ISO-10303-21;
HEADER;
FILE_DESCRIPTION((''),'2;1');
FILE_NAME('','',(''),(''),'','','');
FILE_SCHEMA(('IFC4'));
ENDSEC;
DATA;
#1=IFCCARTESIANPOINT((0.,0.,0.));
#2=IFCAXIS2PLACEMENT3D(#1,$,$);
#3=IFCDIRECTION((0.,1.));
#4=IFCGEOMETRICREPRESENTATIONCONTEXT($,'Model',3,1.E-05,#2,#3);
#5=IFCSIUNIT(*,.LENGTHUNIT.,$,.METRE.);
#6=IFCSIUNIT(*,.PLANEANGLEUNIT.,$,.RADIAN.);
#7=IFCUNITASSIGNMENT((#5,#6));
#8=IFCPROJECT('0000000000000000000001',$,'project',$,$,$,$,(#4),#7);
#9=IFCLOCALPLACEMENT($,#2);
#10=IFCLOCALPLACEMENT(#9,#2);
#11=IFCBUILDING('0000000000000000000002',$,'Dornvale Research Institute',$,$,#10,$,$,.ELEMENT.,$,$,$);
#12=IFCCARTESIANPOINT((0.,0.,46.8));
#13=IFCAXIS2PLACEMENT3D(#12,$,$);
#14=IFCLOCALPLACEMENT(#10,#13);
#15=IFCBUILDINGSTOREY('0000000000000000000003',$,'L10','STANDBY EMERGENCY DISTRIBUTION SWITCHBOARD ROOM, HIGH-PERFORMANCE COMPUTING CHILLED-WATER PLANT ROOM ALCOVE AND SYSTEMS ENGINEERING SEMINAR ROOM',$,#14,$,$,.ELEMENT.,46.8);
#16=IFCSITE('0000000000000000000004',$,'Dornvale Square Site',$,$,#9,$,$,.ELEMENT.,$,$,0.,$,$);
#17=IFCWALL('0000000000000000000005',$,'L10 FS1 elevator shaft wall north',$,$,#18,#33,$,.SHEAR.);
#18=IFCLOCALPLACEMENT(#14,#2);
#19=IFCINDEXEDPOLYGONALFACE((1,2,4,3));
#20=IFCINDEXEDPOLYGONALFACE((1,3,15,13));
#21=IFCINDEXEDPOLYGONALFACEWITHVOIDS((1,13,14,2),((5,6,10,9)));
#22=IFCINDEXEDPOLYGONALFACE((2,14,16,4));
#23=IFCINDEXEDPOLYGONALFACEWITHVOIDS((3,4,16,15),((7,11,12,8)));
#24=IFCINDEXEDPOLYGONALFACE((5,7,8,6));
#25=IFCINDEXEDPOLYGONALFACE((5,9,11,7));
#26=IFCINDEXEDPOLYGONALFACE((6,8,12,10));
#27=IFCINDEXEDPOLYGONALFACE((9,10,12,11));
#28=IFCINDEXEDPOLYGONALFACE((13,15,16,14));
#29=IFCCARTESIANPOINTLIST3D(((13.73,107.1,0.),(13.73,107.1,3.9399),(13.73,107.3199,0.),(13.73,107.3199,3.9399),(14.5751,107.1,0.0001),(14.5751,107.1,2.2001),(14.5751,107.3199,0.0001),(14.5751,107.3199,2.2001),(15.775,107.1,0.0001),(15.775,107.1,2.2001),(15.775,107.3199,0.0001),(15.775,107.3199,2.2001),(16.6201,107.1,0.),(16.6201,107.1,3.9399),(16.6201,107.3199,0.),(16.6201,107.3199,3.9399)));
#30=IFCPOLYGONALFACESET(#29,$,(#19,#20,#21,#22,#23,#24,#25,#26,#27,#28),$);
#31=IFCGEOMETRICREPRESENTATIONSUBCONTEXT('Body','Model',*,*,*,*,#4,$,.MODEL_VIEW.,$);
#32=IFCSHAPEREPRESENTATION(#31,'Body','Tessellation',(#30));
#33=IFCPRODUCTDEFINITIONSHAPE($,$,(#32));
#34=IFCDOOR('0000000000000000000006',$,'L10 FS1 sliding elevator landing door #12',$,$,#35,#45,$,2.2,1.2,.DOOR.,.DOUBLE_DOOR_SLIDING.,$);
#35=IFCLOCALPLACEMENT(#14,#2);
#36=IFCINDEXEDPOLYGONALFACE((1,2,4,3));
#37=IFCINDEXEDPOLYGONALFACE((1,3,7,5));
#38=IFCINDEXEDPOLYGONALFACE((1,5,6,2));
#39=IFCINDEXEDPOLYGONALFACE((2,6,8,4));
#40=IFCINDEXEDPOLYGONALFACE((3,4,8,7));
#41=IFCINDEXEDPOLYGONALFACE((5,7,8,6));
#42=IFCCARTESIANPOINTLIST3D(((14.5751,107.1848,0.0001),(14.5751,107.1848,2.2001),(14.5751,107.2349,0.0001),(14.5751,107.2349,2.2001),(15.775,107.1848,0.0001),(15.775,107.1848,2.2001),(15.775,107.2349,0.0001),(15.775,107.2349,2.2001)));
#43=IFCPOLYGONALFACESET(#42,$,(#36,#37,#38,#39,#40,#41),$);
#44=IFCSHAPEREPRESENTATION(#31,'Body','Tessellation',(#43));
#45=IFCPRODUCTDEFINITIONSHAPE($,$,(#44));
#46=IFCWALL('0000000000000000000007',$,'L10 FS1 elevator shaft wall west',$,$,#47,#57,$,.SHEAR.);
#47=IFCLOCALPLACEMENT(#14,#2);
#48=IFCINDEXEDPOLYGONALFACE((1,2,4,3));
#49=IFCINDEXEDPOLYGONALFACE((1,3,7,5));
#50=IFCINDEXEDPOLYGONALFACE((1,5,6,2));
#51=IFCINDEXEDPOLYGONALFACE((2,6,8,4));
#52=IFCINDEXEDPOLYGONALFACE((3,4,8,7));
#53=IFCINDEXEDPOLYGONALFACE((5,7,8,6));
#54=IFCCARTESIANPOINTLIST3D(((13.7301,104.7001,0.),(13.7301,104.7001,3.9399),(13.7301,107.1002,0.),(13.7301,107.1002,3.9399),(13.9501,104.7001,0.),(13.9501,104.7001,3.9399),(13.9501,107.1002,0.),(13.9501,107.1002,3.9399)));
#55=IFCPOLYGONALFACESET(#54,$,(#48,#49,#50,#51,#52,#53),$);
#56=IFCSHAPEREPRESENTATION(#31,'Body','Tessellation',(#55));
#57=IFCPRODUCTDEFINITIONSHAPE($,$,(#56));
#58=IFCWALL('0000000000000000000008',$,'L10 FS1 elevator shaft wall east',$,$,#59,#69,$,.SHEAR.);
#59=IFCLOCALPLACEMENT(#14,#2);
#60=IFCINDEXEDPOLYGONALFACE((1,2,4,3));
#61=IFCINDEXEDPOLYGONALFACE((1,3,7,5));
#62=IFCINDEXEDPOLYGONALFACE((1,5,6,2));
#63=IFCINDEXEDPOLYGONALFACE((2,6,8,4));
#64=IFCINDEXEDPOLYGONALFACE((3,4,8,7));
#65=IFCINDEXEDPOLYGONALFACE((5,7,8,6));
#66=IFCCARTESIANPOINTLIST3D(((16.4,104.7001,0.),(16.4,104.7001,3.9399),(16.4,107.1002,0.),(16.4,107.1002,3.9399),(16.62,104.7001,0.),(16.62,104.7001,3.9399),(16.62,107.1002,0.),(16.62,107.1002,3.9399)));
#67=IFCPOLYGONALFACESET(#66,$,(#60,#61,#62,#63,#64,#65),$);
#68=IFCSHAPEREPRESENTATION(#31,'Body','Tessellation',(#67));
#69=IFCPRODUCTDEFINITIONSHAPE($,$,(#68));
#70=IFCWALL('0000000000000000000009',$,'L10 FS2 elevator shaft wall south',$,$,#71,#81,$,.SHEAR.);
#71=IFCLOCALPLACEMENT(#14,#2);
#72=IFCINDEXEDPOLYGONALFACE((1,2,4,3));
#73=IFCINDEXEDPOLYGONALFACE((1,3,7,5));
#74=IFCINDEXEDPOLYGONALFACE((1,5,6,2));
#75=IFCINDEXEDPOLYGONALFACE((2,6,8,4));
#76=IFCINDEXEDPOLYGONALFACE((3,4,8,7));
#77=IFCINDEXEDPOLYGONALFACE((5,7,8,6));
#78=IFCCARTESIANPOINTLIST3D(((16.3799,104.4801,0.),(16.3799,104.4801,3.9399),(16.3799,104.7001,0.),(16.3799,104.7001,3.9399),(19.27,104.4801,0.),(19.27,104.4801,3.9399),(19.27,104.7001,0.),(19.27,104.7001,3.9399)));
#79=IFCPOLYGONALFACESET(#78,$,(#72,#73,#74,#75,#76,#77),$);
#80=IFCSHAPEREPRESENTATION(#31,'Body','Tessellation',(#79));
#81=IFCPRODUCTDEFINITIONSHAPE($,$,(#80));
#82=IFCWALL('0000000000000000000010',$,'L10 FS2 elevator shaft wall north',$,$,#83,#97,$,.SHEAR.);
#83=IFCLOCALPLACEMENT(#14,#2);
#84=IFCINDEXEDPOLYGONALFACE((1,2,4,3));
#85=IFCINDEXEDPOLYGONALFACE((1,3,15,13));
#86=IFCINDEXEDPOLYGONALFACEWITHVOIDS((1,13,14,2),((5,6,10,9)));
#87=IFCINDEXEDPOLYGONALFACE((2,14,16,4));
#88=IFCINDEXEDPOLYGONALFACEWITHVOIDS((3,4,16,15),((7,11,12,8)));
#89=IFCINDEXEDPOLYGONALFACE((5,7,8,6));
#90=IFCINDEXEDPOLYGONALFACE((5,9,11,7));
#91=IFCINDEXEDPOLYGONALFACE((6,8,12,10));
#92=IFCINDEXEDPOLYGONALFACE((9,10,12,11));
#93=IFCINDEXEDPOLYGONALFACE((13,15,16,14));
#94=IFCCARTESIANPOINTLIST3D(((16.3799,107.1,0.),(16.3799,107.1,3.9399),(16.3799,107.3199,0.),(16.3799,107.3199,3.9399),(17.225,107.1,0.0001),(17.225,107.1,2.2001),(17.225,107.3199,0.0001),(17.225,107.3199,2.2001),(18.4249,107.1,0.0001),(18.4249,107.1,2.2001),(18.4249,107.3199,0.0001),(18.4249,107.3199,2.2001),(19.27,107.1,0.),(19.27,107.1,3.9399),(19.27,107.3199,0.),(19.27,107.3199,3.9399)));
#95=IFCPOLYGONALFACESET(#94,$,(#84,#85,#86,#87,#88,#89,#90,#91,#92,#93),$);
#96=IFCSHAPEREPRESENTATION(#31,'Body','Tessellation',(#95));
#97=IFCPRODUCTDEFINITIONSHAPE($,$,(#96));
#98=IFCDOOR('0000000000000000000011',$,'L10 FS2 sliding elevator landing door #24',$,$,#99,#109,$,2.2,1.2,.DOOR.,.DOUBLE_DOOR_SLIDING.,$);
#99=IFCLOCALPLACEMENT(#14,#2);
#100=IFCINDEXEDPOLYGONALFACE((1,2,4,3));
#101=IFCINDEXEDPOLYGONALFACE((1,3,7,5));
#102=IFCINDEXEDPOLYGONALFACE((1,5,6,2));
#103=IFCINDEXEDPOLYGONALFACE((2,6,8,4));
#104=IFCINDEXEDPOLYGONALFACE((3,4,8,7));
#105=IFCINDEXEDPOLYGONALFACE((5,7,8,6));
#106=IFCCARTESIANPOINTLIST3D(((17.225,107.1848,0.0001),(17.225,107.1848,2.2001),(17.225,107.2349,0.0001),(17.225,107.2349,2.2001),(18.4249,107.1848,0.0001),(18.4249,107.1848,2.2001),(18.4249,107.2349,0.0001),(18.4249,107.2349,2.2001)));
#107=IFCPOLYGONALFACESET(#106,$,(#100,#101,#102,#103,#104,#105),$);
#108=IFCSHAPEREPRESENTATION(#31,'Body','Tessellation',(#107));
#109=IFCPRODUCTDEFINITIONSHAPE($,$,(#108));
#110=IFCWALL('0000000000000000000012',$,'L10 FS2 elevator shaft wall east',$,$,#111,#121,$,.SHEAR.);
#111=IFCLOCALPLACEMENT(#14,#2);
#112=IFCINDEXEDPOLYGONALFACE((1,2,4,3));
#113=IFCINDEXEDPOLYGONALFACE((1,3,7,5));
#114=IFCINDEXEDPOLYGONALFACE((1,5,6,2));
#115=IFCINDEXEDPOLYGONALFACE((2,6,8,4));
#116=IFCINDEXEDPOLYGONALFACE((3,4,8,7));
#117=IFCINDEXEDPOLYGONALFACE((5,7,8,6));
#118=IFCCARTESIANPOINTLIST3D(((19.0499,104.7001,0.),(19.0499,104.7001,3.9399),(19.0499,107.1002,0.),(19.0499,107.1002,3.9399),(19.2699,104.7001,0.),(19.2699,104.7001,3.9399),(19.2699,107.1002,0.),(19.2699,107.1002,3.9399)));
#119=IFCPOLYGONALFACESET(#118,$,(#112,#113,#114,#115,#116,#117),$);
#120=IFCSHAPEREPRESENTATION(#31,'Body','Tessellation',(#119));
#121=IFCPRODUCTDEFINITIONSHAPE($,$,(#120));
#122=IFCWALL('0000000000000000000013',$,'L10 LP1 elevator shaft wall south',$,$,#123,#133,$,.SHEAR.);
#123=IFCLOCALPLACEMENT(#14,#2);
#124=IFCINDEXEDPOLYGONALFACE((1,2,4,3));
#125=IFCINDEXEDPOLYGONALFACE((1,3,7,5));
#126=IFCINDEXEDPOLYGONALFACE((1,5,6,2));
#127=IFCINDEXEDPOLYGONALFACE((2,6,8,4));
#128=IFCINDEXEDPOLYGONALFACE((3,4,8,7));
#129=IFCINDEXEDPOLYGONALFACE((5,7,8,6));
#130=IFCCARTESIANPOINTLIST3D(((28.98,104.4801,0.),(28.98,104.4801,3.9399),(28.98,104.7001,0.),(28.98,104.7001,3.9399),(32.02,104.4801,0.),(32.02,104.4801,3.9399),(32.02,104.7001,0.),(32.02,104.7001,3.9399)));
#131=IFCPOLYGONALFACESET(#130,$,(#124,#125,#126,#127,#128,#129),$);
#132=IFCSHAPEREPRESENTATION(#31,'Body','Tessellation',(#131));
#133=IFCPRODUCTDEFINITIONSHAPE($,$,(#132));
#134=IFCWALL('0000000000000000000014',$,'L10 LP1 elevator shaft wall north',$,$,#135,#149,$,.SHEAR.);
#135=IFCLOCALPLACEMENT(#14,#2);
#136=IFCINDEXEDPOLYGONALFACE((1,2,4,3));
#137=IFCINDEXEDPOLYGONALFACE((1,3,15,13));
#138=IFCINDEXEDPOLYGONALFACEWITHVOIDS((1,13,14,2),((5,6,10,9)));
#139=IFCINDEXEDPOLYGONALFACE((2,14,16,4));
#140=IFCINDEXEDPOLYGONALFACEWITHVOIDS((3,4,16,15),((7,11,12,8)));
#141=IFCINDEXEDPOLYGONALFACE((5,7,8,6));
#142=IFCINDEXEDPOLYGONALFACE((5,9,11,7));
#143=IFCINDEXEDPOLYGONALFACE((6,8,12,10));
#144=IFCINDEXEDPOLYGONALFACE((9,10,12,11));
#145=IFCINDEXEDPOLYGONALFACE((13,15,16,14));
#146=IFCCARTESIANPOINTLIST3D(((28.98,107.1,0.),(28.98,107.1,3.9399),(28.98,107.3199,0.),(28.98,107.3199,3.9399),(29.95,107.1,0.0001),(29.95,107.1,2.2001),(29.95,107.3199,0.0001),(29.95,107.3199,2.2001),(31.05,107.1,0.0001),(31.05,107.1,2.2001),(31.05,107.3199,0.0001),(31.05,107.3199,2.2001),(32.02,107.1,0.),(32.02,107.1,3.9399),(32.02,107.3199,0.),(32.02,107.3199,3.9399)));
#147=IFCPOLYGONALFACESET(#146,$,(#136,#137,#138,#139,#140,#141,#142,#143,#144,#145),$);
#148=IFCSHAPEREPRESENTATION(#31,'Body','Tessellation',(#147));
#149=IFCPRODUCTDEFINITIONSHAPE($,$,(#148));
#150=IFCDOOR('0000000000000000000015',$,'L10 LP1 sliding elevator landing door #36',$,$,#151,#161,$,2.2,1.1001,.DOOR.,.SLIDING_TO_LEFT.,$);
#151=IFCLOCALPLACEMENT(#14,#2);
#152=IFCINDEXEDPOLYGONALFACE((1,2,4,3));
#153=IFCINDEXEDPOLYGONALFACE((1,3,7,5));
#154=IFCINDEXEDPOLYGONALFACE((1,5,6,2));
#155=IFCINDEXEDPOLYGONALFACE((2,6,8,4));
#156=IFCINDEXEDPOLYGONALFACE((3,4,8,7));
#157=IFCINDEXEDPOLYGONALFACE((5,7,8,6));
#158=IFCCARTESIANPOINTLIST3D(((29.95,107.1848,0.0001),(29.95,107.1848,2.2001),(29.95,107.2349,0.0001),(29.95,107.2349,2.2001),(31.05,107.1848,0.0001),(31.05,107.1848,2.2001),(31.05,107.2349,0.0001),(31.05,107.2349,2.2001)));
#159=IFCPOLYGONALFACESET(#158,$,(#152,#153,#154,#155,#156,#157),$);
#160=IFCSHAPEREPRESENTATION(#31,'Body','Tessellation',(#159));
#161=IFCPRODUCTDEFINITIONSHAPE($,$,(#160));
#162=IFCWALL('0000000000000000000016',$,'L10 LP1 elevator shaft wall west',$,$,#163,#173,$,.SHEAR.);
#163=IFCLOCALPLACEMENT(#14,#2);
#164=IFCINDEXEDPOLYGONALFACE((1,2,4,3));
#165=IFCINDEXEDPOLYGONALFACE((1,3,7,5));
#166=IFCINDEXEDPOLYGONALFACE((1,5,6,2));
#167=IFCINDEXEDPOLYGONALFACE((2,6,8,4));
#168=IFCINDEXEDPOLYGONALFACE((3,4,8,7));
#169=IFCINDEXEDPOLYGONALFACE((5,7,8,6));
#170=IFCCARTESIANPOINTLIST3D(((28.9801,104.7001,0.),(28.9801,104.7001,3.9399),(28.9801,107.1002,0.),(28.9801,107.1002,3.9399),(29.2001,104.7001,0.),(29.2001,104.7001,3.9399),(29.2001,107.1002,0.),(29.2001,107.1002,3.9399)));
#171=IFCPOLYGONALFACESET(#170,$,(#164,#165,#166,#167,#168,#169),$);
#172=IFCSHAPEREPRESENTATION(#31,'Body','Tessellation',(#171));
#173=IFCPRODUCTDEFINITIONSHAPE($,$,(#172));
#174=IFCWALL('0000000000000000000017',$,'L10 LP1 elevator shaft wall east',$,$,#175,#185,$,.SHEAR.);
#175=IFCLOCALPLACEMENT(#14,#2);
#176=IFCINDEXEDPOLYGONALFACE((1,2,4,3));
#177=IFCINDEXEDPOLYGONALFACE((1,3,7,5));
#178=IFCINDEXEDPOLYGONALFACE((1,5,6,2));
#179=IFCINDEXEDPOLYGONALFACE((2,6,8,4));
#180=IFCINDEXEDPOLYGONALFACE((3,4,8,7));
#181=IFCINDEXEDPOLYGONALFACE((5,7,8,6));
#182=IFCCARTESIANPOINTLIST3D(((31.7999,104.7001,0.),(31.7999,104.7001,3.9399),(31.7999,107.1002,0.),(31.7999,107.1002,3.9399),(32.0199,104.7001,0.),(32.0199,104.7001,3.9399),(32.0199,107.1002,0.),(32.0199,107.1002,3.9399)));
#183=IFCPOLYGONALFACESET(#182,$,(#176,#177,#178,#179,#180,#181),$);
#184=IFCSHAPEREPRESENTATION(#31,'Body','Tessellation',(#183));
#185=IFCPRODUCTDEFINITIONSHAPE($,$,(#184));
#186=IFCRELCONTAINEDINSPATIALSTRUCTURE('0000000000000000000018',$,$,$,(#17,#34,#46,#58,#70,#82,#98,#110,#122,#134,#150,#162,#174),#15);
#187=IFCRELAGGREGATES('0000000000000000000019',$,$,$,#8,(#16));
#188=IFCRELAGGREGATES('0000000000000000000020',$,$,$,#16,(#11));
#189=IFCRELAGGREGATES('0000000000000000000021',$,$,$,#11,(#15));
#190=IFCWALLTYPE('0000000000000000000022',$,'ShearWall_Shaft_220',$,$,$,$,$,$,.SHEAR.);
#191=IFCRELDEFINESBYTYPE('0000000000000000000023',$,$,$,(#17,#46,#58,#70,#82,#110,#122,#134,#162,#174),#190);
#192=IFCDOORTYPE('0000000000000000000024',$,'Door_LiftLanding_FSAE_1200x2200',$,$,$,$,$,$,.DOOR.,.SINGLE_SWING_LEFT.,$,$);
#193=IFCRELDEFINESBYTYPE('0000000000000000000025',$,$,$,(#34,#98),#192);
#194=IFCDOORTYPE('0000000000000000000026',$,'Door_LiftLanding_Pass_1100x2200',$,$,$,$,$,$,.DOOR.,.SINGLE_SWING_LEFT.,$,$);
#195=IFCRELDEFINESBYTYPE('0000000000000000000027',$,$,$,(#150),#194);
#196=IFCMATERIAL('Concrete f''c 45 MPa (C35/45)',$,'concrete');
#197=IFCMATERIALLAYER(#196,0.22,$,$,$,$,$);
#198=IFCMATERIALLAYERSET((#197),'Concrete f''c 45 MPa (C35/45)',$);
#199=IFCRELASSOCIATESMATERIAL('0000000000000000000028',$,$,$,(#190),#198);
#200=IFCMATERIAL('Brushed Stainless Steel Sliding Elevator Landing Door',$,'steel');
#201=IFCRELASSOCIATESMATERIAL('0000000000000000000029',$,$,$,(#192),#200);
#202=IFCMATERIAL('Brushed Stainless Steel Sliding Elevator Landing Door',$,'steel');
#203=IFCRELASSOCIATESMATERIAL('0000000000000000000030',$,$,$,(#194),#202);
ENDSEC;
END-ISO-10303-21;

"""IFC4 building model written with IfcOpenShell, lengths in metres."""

from ifc_helpers import new_model, si_unit, direction, frame, frame_2d, origin, place, context, subcontext, project, spatial, rectangle, extrude, material, layer, layer_set, type_object, element, fill, save


model = new_model("IFC4")

# Units and contexts
model_context = context("Model", 3, precision=1e-05, world=origin(), true_north=direction((0.0, 1.0)))
body_context = subcontext(model_context, "Body", "Model", "MODEL_VIEW")
ifc_project = project(units=[si_unit("LENGTHUNIT", "METRE"), si_unit("PLANEANGLEUNIT", "RADIAN")], contexts=[model_context])

# Site, building, storey
site_placement = place(None, origin())
site = spatial("IfcSite", under=ifc_project, at=site_placement, Name="Dornvale Square Site", CompositionType="ELEMENT", RefElevation=0.0)
building_placement = place(site_placement, origin())
building = spatial("IfcBuilding", under=site, at=building_placement, Name="Dornvale Research Institute", CompositionType="ELEMENT")
storey_placement = place(building_placement, frame((0.0, 0.0, 46.8)))
storey = spatial("IfcBuildingStorey", under=building, at=storey_placement, Name="L10", Description="STANDBY EMERGENCY DISTRIBUTION SWITCHBOARD ROOM, HIGH-PERFORMANCE COMPUTING CHILLED-WATER PLANT ROOM ALCOVE AND SYSTEMS ENGINEERING SEMINAR ROOM", CompositionType="ELEMENT", Elevation=46.8)

# Shared definitions
ifc_material_1 = material(Name="Concrete f'c 45 MPa (C35/45)", Category="concrete")
ifc_layer_1 = layer(ifc_material_1, 0.22)
ifc_layer_set_1 = layer_set([ifc_layer_1], Name="Concrete f'c 45 MPa (C35/45)")
wall_type_1 = type_object("IfcWallType", Name="ShearWall_Shaft_220", PredefinedType="SHEAR", material=ifc_layer_set_1)

# Wall, opening, door
wall_1_placement = place(storey_placement, frame((13.73, 107.21, 0.0), z_axis=(0.0, 0.0, 1.0), x_axis=(1.0, 0.0, 0.0)))
wall_1 = element("IfcWall", 1, at=wall_1_placement, inside=storey, type_object=wall_type_1, Name="L10 FS1 elevator shaft wall north", PredefinedType="SHEAR", context=body_context, shape_type="SweptSolid", body=[
    extrude(rectangle(XDim=2.8901, YDim=0.22, at=frame_2d((1.4451, 0.0))), origin(), (0.0, 0.0, 1.0), 3.9399),
])
opening_1_placement = place(wall_1_placement, frame((0.845, 0.0, 0.0)))
opening_1 = element("IfcOpeningElement", 2, at=opening_1_placement, cuts=wall_1, PredefinedType="OPENING", context=body_context, shape_type="SweptSolid", body=[
    extrude(rectangle(XDim=1.2, YDim=2.2, at=frame_2d((0.6001, 1.1001))), frame((0.0, 0.125, 0.0), z_axis=(0.0, -1.0, 0.0), x_axis=(1.0, 0.0, 0.0)), (0.0, 0.0, 1.0), 0.25),
])
ifc_material_2 = material(Name="Brushed Stainless Steel Sliding Elevator Landing Door", Category="steel")
door_type_1 = type_object("IfcDoorType", Name="Door_LiftLanding_FSAE_1200x2200", OperationType="SINGLE_SWING_LEFT", PredefinedType="DOOR", material=ifc_material_2)
door_1_placement = place(opening_1_placement, origin())
door_1 = element("IfcDoor", 3, at=door_1_placement, inside=storey, type_object=door_type_1, Name="L10 FS1 sliding elevator landing door #12", OperationType="DOUBLE_DOOR_SLIDING", OverallHeight=2.2, OverallWidth=1.2, PredefinedType="DOOR", context=body_context, shape_type="SweptSolid", body=[
    extrude(rectangle(XDim=1.2, YDim=2.2, at=frame_2d((0.6001, 1.1001))), frame((0.0, 0.0249, 0.0), z_axis=(0.0, -1.0, 0.0), x_axis=(1.0, 0.0, 0.0)), (0.0, 0.0, 1.0), 0.05),
])
fill(opening_1, door_1)

# Walls
for number, where, z_axis, x_axis, name in (
    (4, (13.8401, 104.7, 0.0), (0.0, 0.0, 1.0), (0.0, 1.0, 0.0), "L10 FS1 elevator shaft wall west"),
    (5, (16.51, 104.7, 0.0), (0.0, 0.0, 1.0), (0.0, 1.0, 0.0), "L10 FS1 elevator shaft wall east"),
):
    element("IfcWall", number, at=place(storey_placement, frame(where, z_axis=z_axis, x_axis=x_axis)), inside=storey, type_object=wall_type_1, Name=name, PredefinedType="SHEAR", context=body_context, shape_type="SweptSolid", body=[
        extrude(rectangle(XDim=2.4001, YDim=0.22, at=frame_2d((1.2002, 0.0))), origin(), (0.0, 0.0, 1.0), 3.9399),
    ])
wall_2_placement = place(storey_placement, frame((16.3799, 104.5901, 0.0), z_axis=(0.0, 0.0, 1.0), x_axis=(1.0, 0.0, 0.0)))
element("IfcWall", 6, at=wall_2_placement, inside=storey, type_object=wall_type_1, Name="L10 FS2 elevator shaft wall south", PredefinedType="SHEAR", context=body_context, shape_type="SweptSolid", body=[
    extrude(rectangle(XDim=2.8901, YDim=0.22, at=frame_2d((1.4451, 0.0))), origin(), (0.0, 0.0, 1.0), 3.9399),
])

# Wall, opening, door
wall_3_placement = place(storey_placement, frame((16.3799, 107.21, 0.0), z_axis=(0.0, 0.0, 1.0), x_axis=(1.0, 0.0, 0.0)))
wall_3 = element("IfcWall", 7, at=wall_3_placement, inside=storey, type_object=wall_type_1, Name="L10 FS2 elevator shaft wall north", PredefinedType="SHEAR", context=body_context, shape_type="SweptSolid", body=[
    extrude(rectangle(XDim=2.8901, YDim=0.22, at=frame_2d((1.4451, 0.0))), origin(), (0.0, 0.0, 1.0), 3.9399),
])
opening_2_placement = place(wall_3_placement, frame((0.845, 0.0, 0.0)))
opening_2 = element("IfcOpeningElement", 8, at=opening_2_placement, cuts=wall_3, PredefinedType="OPENING", context=body_context, shape_type="SweptSolid", body=[
    extrude(rectangle(XDim=1.2, YDim=2.2, at=frame_2d((0.6001, 1.1001))), frame((0.0, 0.125, 0.0), z_axis=(0.0, -1.0, 0.0), x_axis=(1.0, 0.0, 0.0)), (0.0, 0.0, 1.0), 0.25),
])
door_2_placement = place(opening_2_placement, origin())
door_2 = element("IfcDoor", 9, at=door_2_placement, inside=storey, type_object=door_type_1, Name="L10 FS2 sliding elevator landing door #24", OperationType="DOUBLE_DOOR_SLIDING", OverallHeight=2.2, OverallWidth=1.2, PredefinedType="DOOR", context=body_context, shape_type="SweptSolid", body=[
    extrude(rectangle(XDim=1.2, YDim=2.2, at=frame_2d((0.6001, 1.1001))), frame((0.0, 0.0249, 0.0), z_axis=(0.0, -1.0, 0.0), x_axis=(1.0, 0.0, 0.0)), (0.0, 0.0, 1.0), 0.05),
])
fill(opening_2, door_2)

# Walls
wall_4_placement = place(storey_placement, frame((19.1599, 104.7, 0.0), z_axis=(0.0, 0.0, 1.0), x_axis=(0.0, 1.0, 0.0)))
element("IfcWall", 10, at=wall_4_placement, inside=storey, type_object=wall_type_1, Name="L10 FS2 elevator shaft wall east", PredefinedType="SHEAR", context=body_context, shape_type="SweptSolid", body=[
    extrude(rectangle(XDim=2.4001, YDim=0.22, at=frame_2d((1.2002, 0.0))), origin(), (0.0, 0.0, 1.0), 3.9399),
])
wall_5_placement = place(storey_placement, frame((28.98, 104.5901, 0.0), z_axis=(0.0, 0.0, 1.0), x_axis=(1.0, 0.0, 0.0)))
element("IfcWall", 11, at=wall_5_placement, inside=storey, type_object=wall_type_1, Name="L10 LP1 elevator shaft wall south", PredefinedType="SHEAR", context=body_context, shape_type="SweptSolid", body=[
    extrude(rectangle(XDim=3.04, YDim=0.22, at=frame_2d((1.52, 0.0))), origin(), (0.0, 0.0, 1.0), 3.9399),
])

# Wall, opening, door
wall_6_placement = place(storey_placement, frame((28.98, 107.21, 0.0), z_axis=(0.0, 0.0, 1.0), x_axis=(1.0, 0.0, 0.0)))
wall_6 = element("IfcWall", 12, at=wall_6_placement, inside=storey, type_object=wall_type_1, Name="L10 LP1 elevator shaft wall north", PredefinedType="SHEAR", context=body_context, shape_type="SweptSolid", body=[
    extrude(rectangle(XDim=3.04, YDim=0.22, at=frame_2d((1.52, 0.0))), origin(), (0.0, 0.0, 1.0), 3.9399),
])
opening_3_placement = place(wall_6_placement, frame((0.97, 0.0, 0.0)))
opening_3 = element("IfcOpeningElement", 13, at=opening_3_placement, cuts=wall_6, PredefinedType="OPENING", context=body_context, shape_type="SweptSolid", body=[
    extrude(rectangle(XDim=1.1001, YDim=2.2, at=frame_2d((0.55, 1.1001))), frame((0.0, 0.125, 0.0), z_axis=(0.0, -1.0, 0.0), x_axis=(1.0, 0.0, 0.0)), (0.0, 0.0, 1.0), 0.25),
])
ifc_material_3 = material(Name="Brushed Stainless Steel Sliding Elevator Landing Door", Category="steel")
door_type_2 = type_object("IfcDoorType", Name="Door_LiftLanding_Pass_1100x2200", OperationType="SINGLE_SWING_LEFT", PredefinedType="DOOR", material=ifc_material_3)
door_3_placement = place(opening_3_placement, origin())
door_3 = element("IfcDoor", 14, at=door_3_placement, inside=storey, type_object=door_type_2, Name="L10 LP1 sliding elevator landing door #36", OperationType="SLIDING_TO_LEFT", OverallHeight=2.2, OverallWidth=1.1001, PredefinedType="DOOR", context=body_context, shape_type="SweptSolid", body=[
    extrude(rectangle(XDim=1.1001, YDim=2.2, at=frame_2d((0.55, 1.1001))), frame((0.0, 0.0249, 0.0), z_axis=(0.0, -1.0, 0.0), x_axis=(1.0, 0.0, 0.0)), (0.0, 0.0, 1.0), 0.05),
])
fill(opening_3, door_3)

# Walls
for number, where, z_axis, x_axis, name in (
    (15, (29.0901, 104.7, 0.0), (0.0, 0.0, 1.0), (0.0, 1.0, 0.0), "L10 LP1 elevator shaft wall west"),
    (16, (31.9099, 104.7, 0.0), (0.0, 0.0, 1.0), (0.0, 1.0, 0.0), "L10 LP1 elevator shaft wall east"),
):
    element("IfcWall", number, at=place(storey_placement, frame(where, z_axis=z_axis, x_axis=x_axis)), inside=storey, type_object=wall_type_1, Name=name, PredefinedType="SHEAR", context=body_context, shape_type="SweptSolid", body=[
        extrude(rectangle(XDim=2.4001, YDim=0.22, at=frame_2d((1.2002, 0.0))), origin(), (0.0, 0.0, 1.0), 3.9399),
    ])

save(model, "model.ifc")
